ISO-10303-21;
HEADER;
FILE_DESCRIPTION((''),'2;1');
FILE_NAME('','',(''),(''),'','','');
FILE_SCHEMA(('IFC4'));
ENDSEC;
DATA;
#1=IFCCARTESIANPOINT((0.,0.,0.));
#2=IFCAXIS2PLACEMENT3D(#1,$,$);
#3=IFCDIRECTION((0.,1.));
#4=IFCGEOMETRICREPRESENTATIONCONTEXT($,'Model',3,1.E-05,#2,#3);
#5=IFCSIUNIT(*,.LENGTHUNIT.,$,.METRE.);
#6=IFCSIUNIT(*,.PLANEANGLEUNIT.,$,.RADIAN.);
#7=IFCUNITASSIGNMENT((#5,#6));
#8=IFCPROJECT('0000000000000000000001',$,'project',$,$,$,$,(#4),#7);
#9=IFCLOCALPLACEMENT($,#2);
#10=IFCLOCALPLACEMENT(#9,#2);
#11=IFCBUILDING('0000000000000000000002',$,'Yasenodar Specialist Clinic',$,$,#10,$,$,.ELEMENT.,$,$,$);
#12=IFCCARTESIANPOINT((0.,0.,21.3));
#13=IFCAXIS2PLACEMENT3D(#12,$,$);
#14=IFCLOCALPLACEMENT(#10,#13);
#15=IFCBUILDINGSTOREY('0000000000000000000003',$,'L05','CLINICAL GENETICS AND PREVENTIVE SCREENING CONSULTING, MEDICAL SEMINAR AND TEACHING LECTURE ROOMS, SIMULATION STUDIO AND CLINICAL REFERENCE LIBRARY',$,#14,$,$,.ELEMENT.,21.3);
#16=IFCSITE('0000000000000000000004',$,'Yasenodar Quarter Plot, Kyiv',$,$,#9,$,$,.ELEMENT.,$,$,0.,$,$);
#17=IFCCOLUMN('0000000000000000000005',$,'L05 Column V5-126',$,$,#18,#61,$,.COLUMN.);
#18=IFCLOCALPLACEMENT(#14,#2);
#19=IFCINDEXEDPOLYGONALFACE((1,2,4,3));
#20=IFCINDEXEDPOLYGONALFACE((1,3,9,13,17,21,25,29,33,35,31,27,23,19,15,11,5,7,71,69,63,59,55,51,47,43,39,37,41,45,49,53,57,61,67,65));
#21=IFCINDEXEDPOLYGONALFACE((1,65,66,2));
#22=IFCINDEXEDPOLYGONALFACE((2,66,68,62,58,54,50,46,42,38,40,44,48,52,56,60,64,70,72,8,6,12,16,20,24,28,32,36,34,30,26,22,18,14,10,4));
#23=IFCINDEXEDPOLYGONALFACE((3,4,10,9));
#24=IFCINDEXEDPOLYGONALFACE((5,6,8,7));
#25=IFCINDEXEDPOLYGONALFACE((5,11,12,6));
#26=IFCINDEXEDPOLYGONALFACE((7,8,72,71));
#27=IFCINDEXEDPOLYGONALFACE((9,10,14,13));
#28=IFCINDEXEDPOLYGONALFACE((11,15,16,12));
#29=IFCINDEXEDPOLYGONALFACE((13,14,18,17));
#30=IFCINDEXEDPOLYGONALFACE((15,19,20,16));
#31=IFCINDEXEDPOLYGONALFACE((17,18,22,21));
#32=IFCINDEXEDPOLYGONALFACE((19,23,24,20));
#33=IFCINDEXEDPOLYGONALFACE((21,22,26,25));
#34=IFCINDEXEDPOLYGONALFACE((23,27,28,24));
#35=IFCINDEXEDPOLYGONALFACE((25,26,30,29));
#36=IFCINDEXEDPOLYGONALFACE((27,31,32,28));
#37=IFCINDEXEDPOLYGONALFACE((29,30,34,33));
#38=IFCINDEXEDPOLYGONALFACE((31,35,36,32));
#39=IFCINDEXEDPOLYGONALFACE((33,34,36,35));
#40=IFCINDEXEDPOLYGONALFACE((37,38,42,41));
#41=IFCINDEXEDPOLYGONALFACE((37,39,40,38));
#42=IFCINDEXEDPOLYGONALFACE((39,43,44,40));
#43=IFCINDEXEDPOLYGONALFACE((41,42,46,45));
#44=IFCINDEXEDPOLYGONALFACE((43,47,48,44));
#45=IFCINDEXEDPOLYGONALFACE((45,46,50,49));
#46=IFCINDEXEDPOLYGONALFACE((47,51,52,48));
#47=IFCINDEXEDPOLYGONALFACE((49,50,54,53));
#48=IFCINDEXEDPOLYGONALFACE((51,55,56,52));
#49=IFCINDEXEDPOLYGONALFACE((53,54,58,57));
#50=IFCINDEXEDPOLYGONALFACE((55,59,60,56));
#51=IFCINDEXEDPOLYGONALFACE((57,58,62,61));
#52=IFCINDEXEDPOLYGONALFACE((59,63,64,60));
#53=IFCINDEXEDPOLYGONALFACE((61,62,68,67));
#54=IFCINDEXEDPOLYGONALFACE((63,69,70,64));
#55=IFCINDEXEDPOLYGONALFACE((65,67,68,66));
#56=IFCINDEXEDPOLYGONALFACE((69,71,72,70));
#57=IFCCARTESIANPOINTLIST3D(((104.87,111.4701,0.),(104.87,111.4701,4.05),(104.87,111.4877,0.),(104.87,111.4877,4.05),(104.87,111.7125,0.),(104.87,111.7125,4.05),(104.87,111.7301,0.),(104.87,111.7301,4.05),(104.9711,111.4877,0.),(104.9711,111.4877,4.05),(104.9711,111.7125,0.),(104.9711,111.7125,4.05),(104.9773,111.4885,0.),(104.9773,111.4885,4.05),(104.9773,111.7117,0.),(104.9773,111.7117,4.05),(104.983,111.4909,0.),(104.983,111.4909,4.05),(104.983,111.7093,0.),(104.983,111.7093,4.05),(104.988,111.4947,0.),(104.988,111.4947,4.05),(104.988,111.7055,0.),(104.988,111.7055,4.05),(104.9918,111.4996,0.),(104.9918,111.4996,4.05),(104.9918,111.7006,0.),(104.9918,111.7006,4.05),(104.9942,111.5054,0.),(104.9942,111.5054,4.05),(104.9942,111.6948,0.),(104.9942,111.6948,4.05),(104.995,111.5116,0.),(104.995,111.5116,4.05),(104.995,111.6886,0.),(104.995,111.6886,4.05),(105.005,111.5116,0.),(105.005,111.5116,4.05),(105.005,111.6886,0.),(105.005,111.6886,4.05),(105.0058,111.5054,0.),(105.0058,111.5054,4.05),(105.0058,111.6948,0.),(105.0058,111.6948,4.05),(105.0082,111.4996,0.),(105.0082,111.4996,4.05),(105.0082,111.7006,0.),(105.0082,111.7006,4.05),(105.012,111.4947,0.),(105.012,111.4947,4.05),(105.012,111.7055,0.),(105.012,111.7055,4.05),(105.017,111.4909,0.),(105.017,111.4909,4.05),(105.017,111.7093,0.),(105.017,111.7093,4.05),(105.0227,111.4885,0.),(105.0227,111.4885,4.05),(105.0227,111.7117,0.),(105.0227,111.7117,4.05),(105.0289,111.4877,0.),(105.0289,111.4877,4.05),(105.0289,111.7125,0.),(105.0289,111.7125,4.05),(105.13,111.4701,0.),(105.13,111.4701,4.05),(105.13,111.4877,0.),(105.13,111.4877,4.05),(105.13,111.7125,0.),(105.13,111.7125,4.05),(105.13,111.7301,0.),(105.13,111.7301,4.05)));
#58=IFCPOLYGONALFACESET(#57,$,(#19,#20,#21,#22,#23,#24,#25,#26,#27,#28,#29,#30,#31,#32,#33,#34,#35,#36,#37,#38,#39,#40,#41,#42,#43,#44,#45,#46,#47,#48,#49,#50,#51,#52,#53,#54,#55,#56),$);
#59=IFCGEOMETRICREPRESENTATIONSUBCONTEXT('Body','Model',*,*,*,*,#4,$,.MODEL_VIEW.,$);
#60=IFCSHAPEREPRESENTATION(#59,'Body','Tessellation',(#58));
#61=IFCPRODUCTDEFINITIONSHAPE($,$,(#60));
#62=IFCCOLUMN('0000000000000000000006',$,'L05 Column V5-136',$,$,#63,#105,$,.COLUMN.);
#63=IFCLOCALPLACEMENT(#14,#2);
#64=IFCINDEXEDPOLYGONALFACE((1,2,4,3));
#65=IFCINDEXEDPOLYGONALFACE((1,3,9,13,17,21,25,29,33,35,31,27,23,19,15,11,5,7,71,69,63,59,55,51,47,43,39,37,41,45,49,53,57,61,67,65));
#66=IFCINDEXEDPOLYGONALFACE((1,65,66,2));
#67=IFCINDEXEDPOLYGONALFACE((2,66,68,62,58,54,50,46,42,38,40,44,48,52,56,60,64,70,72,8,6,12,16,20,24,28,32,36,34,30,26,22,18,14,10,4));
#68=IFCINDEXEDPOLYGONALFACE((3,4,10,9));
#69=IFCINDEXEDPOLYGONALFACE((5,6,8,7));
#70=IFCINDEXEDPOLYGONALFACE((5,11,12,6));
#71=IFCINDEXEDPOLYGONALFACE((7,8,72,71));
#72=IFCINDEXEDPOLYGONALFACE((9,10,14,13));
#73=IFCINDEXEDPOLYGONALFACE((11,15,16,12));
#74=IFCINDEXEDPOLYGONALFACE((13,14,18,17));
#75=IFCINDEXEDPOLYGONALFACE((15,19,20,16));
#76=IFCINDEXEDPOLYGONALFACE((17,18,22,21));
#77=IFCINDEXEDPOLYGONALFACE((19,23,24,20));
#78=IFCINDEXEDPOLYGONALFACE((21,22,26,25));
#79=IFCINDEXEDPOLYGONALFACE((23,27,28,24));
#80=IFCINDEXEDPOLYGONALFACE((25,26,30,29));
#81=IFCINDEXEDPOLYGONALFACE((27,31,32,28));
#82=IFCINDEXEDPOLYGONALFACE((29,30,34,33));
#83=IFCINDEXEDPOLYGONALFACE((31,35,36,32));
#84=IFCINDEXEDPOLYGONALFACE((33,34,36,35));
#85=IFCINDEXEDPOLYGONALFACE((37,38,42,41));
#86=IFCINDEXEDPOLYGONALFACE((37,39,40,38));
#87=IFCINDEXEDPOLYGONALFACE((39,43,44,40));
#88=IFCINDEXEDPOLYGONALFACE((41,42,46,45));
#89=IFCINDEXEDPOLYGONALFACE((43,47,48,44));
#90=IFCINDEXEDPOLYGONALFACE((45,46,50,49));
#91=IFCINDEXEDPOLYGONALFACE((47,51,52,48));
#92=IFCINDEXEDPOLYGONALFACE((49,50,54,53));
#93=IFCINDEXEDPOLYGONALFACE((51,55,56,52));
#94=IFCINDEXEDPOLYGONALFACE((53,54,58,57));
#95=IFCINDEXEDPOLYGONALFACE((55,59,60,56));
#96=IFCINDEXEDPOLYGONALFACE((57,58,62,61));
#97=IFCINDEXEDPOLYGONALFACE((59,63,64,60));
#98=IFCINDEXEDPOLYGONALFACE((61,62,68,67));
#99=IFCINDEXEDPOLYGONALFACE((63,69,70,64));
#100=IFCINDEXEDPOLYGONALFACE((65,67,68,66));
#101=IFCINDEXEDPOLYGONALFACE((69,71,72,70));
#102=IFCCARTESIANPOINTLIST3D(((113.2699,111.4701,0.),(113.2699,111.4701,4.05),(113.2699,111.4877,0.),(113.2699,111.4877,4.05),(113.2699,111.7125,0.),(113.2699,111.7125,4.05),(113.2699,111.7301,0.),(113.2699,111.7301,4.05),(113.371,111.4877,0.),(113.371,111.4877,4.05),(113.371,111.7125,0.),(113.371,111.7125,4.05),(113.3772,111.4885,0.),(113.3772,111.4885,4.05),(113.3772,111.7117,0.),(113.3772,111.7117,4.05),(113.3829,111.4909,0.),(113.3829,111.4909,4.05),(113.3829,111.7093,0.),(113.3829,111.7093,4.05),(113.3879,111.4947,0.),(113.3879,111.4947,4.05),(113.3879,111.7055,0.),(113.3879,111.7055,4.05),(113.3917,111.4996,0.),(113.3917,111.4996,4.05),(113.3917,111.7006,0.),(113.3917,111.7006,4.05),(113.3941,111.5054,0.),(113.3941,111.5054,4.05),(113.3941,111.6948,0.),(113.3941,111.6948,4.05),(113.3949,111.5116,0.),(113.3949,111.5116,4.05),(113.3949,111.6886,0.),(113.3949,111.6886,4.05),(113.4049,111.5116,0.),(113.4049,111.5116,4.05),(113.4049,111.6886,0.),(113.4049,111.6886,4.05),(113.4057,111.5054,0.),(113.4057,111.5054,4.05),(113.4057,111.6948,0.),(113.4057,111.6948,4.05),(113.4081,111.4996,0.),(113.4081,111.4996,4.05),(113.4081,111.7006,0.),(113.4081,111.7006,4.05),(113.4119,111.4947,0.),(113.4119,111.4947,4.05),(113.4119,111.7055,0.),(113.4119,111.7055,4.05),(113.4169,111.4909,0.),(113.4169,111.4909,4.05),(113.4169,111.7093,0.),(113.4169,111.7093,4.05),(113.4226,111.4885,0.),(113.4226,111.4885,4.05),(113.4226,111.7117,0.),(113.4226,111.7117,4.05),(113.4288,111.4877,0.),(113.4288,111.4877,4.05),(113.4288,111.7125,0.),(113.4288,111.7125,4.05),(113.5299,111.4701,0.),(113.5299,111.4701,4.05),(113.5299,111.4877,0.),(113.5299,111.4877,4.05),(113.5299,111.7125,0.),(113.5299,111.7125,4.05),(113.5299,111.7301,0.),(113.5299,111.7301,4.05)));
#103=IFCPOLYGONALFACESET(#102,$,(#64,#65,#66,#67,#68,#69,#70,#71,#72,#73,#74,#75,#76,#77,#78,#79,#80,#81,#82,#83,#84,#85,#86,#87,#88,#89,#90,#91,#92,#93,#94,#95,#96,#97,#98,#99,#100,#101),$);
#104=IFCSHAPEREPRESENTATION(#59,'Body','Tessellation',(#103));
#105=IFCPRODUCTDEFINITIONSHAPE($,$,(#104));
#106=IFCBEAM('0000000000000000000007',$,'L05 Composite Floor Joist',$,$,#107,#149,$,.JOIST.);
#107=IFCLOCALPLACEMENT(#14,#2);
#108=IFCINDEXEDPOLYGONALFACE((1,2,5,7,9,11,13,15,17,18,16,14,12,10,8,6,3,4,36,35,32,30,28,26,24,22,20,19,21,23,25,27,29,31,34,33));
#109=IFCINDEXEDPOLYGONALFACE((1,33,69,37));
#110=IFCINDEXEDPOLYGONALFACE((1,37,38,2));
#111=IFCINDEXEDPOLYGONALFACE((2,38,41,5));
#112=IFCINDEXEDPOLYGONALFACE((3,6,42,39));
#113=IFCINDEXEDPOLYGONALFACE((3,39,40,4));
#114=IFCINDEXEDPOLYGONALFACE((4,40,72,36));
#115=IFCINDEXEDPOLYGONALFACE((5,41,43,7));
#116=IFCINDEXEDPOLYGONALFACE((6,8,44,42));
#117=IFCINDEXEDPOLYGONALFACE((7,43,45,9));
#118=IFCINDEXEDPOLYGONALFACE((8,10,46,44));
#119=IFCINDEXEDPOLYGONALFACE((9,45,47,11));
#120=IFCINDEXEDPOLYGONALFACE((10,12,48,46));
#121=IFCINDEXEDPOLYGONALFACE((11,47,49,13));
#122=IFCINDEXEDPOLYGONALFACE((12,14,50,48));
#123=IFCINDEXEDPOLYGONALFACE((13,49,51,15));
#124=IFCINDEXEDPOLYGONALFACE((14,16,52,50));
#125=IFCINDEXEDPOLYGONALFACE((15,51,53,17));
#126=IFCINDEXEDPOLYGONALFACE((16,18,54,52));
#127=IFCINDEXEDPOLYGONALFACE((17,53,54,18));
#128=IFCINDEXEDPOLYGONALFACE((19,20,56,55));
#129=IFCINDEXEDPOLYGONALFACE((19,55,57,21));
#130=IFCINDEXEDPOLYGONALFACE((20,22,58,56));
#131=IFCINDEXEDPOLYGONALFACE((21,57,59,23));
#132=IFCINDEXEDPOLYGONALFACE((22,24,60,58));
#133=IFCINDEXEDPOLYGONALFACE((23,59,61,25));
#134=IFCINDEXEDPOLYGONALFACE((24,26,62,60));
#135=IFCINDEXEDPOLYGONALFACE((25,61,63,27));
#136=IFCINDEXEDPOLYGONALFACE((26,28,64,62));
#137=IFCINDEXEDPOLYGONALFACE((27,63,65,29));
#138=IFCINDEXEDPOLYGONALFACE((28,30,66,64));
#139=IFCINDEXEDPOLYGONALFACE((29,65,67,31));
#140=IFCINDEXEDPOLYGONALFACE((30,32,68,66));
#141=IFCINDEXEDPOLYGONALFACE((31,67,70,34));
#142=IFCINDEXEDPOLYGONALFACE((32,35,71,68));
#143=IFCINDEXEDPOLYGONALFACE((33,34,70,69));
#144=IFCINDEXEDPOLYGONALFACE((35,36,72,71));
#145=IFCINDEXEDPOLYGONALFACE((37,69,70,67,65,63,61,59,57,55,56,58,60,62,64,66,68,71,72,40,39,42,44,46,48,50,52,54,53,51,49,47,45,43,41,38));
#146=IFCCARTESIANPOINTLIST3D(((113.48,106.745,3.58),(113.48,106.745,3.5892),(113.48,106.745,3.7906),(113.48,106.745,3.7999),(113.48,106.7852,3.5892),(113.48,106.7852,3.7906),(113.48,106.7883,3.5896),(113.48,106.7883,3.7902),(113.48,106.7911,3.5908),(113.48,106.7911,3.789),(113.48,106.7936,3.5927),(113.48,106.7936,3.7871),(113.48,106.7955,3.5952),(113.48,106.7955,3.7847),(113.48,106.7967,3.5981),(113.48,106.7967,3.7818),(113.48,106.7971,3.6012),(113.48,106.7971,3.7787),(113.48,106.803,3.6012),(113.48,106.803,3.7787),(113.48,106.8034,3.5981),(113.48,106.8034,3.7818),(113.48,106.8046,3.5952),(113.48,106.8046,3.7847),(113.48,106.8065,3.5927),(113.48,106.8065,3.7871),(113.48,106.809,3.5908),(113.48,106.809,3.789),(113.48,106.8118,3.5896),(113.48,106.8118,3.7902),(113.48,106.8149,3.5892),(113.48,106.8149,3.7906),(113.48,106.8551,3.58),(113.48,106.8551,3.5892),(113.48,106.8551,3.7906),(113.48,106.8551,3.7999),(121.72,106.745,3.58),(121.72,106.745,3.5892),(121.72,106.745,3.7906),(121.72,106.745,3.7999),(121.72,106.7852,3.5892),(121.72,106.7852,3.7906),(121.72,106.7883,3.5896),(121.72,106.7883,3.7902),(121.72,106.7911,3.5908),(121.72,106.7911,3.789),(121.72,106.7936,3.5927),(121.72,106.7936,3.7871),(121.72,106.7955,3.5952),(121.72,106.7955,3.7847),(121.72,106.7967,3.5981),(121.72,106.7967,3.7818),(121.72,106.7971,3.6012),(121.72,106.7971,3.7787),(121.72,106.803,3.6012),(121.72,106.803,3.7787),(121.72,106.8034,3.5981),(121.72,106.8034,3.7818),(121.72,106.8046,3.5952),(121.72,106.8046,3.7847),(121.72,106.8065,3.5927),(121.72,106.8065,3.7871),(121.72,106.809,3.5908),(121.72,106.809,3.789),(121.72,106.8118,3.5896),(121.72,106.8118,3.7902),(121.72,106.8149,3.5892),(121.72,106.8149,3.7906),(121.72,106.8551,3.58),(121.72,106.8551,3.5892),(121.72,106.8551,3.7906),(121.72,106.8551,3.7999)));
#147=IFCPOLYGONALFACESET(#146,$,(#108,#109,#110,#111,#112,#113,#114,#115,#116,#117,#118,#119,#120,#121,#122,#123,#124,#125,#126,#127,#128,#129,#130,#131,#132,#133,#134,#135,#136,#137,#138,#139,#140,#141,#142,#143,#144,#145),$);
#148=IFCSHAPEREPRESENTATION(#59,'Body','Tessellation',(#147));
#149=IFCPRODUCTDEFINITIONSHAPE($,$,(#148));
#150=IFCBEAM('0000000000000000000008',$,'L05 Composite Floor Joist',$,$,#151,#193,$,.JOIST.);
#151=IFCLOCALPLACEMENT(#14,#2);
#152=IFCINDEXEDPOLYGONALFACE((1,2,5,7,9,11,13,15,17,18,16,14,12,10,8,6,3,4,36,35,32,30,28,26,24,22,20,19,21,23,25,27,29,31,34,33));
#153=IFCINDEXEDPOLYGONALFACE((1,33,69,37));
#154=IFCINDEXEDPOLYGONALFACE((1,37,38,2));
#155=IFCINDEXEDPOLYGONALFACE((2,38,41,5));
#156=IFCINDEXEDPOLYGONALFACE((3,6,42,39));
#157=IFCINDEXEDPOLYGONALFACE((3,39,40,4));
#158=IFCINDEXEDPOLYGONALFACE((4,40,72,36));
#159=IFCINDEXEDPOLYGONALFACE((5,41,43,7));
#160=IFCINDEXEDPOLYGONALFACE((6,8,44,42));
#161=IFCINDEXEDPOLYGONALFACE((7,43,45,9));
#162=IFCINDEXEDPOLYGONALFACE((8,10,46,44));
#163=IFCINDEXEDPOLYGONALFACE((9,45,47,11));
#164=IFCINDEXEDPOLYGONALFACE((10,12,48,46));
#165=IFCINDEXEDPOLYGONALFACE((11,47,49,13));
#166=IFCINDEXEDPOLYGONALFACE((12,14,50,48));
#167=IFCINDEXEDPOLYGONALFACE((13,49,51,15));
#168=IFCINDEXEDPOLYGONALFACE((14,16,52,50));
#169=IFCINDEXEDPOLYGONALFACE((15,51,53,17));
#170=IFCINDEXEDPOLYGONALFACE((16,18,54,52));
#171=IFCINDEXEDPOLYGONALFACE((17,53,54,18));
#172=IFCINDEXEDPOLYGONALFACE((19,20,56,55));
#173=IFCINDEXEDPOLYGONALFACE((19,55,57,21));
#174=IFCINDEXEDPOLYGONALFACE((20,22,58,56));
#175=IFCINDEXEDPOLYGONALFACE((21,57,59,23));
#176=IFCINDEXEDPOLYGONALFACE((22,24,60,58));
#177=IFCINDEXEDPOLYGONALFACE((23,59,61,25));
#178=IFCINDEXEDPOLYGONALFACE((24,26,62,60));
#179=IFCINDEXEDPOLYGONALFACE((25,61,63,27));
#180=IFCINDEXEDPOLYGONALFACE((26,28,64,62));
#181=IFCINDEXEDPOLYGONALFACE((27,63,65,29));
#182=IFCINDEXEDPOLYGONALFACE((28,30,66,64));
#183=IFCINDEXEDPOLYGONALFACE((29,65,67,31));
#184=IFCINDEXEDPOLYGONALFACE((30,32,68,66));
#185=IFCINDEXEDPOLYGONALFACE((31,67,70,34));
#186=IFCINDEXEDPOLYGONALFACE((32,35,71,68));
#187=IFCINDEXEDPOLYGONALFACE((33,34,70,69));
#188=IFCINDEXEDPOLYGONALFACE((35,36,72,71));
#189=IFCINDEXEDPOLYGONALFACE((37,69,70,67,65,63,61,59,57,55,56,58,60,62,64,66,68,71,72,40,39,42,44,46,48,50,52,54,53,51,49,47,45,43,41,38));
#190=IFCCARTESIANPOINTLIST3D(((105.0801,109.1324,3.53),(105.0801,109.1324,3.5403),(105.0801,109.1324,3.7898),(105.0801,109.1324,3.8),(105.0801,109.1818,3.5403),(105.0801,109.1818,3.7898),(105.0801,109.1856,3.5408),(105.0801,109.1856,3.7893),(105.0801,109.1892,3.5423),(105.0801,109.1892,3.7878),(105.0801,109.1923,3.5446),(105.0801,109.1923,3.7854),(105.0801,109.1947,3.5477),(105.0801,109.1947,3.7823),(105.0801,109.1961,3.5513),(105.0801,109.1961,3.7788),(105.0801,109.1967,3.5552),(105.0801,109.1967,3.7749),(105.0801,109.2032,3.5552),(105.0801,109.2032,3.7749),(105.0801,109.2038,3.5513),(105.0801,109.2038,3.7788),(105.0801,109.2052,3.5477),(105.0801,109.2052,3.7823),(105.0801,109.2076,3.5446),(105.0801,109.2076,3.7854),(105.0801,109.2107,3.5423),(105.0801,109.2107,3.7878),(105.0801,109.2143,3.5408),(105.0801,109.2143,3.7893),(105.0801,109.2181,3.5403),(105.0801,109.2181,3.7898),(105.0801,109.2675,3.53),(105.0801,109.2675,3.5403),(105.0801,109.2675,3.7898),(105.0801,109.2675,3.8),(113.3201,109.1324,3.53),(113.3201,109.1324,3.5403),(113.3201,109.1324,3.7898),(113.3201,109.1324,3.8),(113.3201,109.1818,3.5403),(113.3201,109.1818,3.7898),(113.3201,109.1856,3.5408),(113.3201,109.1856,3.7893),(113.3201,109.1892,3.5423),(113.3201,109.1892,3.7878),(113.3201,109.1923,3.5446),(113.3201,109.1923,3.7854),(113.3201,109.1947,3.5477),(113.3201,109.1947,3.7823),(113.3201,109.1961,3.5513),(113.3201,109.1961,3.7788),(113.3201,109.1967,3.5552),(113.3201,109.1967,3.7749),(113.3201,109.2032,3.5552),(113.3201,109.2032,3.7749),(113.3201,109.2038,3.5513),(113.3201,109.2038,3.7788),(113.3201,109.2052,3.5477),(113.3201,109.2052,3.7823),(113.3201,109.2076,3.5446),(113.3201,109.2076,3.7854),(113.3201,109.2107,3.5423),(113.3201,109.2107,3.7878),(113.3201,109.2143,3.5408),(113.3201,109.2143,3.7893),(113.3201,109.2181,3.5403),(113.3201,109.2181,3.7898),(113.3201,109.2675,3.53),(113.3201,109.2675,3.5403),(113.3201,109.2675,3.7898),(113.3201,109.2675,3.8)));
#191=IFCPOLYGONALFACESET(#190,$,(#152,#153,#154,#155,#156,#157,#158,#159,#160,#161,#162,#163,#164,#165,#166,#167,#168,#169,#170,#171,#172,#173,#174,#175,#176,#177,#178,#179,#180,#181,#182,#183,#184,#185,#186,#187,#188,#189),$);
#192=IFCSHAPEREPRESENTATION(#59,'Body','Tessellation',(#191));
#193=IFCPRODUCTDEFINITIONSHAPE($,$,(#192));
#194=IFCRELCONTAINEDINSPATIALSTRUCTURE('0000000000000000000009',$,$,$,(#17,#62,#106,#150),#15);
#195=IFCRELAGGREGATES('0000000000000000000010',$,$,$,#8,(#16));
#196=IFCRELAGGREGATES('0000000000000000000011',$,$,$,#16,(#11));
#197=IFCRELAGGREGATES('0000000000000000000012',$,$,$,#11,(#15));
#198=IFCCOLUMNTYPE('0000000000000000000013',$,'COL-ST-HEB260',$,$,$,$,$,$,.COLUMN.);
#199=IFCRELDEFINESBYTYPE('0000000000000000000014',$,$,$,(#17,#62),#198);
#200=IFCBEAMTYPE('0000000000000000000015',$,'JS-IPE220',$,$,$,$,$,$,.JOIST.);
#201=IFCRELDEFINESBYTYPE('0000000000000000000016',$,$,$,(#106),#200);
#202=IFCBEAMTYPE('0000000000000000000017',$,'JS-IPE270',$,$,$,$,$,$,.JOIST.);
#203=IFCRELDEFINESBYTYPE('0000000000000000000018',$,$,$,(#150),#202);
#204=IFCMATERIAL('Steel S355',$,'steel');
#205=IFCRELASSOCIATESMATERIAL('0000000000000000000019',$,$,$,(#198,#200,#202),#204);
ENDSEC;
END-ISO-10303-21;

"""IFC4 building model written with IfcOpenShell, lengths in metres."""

from ifc_helpers import new_model, si_unit, direction, frame, origin, origin_2d, place, context, subcontext, project, spatial, i_section, extrude, material, material_profile, profile_set, type_object, element, save


model = new_model("IFC4")

# Units and contexts
model_context = context("Model", 3, precision=1e-05, world=origin(), true_north=direction((0.0, 1.0)))
body_context = subcontext(model_context, "Body", "Model", "MODEL_VIEW")
ifc_project = project(units=[si_unit("LENGTHUNIT", "METRE"), si_unit("PLANEANGLEUNIT", "RADIAN")], contexts=[model_context])

# Site, building, storey
site_placement = place(None, origin())
site = spatial("IfcSite", under=ifc_project, at=site_placement, Name="Yasenodar Quarter Plot, Kyiv", CompositionType="ELEMENT", RefElevation=0.0)
building_placement = place(site_placement, origin())
building = spatial("IfcBuilding", under=site, at=building_placement, Name="Yasenodar Specialist Clinic", CompositionType="ELEMENT")
storey_placement = place(building_placement, frame((0.0, 0.0, 21.3)))
storey = spatial("IfcBuildingStorey", under=building, at=storey_placement, Name="L05", Description="CLINICAL GENETICS AND PREVENTIVE SCREENING CONSULTING, MEDICAL SEMINAR AND TEACHING LECTURE ROOMS, SIMULATION STUDIO AND CLINICAL REFERENCE LIBRARY", CompositionType="ELEMENT", Elevation=21.3)

# Columns
ifc_material_1 = material(Name="Steel S355", Category="steel")
ifc_material_profile_1 = material_profile(ifc_material_1, i_section(OverallWidth=0.26, OverallDepth=0.26, WebThickness=0.01, FlangeThickness=0.0176, FilletRadius=0.0239, at=origin_2d()), Name="HEB 260")
ifc_profile_set_1 = profile_set([ifc_material_profile_1], Name="Steel S355")
column_type = type_object("IfcColumnType", Name="COL-ST-HEB260", PredefinedType="COLUMN", material=ifc_profile_set_1)
for number, where, z_axis, x_axis, name in (
    (1, (105.0, 111.6001, 0.0), (0.0, 0.0, 1.0), (1.0, 0.0, 0.0), "L05 Column V5-126"),
    (2, (113.3999, 111.6001, 0.0), (0.0, 0.0, 1.0), (1.0, 0.0, 0.0), "L05 Column V5-136"),
):
    element("IfcColumn", number, at=place(storey_placement, frame(where, z_axis=z_axis, x_axis=x_axis)), inside=storey, type_object=column_type, Name=name, PredefinedType="COLUMN", context=body_context, shape_type="SweptSolid", body=[
        extrude(i_section(OverallWidth=0.26, OverallDepth=0.26, WebThickness=0.01, FlangeThickness=0.0176, FilletRadius=0.0239, at=origin_2d()), origin(), (0.0, 0.0, 1.0), 4.05),
    ])

# Beams
ifc_material_profile_2 = material_profile(ifc_material_1, i_section(OverallWidth=0.1101, OverallDepth=0.22, WebThickness=0.0059, FlangeThickness=0.0093, FilletRadius=0.012, at=origin_2d()), Name="IPE 220")
ifc_profile_set_2 = profile_set([ifc_material_profile_2], Name="Steel S355")
beam_type_1 = type_object("IfcBeamType", Name="JS-IPE220", PredefinedType="JOIST", material=ifc_profile_set_2)
beam_1_placement = place(storey_placement, frame((113.48, 106.8, 3.6899), z_axis=(1.0, 0.0, 0.0), x_axis=(0.0, 1.0, 0.0)))
element("IfcBeam", 3, at=beam_1_placement, inside=storey, type_object=beam_type_1, Name="L05 Composite Floor Joist", PredefinedType="JOIST", context=body_context, shape_type="SweptSolid", body=[
    extrude(i_section(OverallWidth=0.1101, OverallDepth=0.22, WebThickness=0.0059, FlangeThickness=0.0093, FilletRadius=0.012, at=origin_2d()), origin(), (0.0, 0.0, 1.0), 8.24),
])
ifc_material_profile_3 = material_profile(ifc_material_1, i_section(OverallWidth=0.135, OverallDepth=0.27, WebThickness=0.0066, FlangeThickness=0.0103, FilletRadius=0.0149, at=origin_2d()), Name="IPE 270")
ifc_profile_set_3 = profile_set([ifc_material_profile_3], Name="Steel S355")
beam_type_2 = type_object("IfcBeamType", Name="JS-IPE270", PredefinedType="JOIST", material=ifc_profile_set_3)
beam_2_placement = place(storey_placement, frame((105.0801, 109.2, 3.665), z_axis=(1.0, 0.0, 0.0), x_axis=(0.0, 1.0, 0.0)))
element("IfcBeam", 4, at=beam_2_placement, inside=storey, type_object=beam_type_2, Name="L05 Composite Floor Joist", PredefinedType="JOIST", context=body_context, shape_type="SweptSolid", body=[
    extrude(i_section(OverallWidth=0.135, OverallDepth=0.27, WebThickness=0.0066, FlangeThickness=0.0103, FilletRadius=0.0149, at=origin_2d()), origin(), (0.0, 0.0, 1.0), 8.24),
])

save(model, "model.ifc")
